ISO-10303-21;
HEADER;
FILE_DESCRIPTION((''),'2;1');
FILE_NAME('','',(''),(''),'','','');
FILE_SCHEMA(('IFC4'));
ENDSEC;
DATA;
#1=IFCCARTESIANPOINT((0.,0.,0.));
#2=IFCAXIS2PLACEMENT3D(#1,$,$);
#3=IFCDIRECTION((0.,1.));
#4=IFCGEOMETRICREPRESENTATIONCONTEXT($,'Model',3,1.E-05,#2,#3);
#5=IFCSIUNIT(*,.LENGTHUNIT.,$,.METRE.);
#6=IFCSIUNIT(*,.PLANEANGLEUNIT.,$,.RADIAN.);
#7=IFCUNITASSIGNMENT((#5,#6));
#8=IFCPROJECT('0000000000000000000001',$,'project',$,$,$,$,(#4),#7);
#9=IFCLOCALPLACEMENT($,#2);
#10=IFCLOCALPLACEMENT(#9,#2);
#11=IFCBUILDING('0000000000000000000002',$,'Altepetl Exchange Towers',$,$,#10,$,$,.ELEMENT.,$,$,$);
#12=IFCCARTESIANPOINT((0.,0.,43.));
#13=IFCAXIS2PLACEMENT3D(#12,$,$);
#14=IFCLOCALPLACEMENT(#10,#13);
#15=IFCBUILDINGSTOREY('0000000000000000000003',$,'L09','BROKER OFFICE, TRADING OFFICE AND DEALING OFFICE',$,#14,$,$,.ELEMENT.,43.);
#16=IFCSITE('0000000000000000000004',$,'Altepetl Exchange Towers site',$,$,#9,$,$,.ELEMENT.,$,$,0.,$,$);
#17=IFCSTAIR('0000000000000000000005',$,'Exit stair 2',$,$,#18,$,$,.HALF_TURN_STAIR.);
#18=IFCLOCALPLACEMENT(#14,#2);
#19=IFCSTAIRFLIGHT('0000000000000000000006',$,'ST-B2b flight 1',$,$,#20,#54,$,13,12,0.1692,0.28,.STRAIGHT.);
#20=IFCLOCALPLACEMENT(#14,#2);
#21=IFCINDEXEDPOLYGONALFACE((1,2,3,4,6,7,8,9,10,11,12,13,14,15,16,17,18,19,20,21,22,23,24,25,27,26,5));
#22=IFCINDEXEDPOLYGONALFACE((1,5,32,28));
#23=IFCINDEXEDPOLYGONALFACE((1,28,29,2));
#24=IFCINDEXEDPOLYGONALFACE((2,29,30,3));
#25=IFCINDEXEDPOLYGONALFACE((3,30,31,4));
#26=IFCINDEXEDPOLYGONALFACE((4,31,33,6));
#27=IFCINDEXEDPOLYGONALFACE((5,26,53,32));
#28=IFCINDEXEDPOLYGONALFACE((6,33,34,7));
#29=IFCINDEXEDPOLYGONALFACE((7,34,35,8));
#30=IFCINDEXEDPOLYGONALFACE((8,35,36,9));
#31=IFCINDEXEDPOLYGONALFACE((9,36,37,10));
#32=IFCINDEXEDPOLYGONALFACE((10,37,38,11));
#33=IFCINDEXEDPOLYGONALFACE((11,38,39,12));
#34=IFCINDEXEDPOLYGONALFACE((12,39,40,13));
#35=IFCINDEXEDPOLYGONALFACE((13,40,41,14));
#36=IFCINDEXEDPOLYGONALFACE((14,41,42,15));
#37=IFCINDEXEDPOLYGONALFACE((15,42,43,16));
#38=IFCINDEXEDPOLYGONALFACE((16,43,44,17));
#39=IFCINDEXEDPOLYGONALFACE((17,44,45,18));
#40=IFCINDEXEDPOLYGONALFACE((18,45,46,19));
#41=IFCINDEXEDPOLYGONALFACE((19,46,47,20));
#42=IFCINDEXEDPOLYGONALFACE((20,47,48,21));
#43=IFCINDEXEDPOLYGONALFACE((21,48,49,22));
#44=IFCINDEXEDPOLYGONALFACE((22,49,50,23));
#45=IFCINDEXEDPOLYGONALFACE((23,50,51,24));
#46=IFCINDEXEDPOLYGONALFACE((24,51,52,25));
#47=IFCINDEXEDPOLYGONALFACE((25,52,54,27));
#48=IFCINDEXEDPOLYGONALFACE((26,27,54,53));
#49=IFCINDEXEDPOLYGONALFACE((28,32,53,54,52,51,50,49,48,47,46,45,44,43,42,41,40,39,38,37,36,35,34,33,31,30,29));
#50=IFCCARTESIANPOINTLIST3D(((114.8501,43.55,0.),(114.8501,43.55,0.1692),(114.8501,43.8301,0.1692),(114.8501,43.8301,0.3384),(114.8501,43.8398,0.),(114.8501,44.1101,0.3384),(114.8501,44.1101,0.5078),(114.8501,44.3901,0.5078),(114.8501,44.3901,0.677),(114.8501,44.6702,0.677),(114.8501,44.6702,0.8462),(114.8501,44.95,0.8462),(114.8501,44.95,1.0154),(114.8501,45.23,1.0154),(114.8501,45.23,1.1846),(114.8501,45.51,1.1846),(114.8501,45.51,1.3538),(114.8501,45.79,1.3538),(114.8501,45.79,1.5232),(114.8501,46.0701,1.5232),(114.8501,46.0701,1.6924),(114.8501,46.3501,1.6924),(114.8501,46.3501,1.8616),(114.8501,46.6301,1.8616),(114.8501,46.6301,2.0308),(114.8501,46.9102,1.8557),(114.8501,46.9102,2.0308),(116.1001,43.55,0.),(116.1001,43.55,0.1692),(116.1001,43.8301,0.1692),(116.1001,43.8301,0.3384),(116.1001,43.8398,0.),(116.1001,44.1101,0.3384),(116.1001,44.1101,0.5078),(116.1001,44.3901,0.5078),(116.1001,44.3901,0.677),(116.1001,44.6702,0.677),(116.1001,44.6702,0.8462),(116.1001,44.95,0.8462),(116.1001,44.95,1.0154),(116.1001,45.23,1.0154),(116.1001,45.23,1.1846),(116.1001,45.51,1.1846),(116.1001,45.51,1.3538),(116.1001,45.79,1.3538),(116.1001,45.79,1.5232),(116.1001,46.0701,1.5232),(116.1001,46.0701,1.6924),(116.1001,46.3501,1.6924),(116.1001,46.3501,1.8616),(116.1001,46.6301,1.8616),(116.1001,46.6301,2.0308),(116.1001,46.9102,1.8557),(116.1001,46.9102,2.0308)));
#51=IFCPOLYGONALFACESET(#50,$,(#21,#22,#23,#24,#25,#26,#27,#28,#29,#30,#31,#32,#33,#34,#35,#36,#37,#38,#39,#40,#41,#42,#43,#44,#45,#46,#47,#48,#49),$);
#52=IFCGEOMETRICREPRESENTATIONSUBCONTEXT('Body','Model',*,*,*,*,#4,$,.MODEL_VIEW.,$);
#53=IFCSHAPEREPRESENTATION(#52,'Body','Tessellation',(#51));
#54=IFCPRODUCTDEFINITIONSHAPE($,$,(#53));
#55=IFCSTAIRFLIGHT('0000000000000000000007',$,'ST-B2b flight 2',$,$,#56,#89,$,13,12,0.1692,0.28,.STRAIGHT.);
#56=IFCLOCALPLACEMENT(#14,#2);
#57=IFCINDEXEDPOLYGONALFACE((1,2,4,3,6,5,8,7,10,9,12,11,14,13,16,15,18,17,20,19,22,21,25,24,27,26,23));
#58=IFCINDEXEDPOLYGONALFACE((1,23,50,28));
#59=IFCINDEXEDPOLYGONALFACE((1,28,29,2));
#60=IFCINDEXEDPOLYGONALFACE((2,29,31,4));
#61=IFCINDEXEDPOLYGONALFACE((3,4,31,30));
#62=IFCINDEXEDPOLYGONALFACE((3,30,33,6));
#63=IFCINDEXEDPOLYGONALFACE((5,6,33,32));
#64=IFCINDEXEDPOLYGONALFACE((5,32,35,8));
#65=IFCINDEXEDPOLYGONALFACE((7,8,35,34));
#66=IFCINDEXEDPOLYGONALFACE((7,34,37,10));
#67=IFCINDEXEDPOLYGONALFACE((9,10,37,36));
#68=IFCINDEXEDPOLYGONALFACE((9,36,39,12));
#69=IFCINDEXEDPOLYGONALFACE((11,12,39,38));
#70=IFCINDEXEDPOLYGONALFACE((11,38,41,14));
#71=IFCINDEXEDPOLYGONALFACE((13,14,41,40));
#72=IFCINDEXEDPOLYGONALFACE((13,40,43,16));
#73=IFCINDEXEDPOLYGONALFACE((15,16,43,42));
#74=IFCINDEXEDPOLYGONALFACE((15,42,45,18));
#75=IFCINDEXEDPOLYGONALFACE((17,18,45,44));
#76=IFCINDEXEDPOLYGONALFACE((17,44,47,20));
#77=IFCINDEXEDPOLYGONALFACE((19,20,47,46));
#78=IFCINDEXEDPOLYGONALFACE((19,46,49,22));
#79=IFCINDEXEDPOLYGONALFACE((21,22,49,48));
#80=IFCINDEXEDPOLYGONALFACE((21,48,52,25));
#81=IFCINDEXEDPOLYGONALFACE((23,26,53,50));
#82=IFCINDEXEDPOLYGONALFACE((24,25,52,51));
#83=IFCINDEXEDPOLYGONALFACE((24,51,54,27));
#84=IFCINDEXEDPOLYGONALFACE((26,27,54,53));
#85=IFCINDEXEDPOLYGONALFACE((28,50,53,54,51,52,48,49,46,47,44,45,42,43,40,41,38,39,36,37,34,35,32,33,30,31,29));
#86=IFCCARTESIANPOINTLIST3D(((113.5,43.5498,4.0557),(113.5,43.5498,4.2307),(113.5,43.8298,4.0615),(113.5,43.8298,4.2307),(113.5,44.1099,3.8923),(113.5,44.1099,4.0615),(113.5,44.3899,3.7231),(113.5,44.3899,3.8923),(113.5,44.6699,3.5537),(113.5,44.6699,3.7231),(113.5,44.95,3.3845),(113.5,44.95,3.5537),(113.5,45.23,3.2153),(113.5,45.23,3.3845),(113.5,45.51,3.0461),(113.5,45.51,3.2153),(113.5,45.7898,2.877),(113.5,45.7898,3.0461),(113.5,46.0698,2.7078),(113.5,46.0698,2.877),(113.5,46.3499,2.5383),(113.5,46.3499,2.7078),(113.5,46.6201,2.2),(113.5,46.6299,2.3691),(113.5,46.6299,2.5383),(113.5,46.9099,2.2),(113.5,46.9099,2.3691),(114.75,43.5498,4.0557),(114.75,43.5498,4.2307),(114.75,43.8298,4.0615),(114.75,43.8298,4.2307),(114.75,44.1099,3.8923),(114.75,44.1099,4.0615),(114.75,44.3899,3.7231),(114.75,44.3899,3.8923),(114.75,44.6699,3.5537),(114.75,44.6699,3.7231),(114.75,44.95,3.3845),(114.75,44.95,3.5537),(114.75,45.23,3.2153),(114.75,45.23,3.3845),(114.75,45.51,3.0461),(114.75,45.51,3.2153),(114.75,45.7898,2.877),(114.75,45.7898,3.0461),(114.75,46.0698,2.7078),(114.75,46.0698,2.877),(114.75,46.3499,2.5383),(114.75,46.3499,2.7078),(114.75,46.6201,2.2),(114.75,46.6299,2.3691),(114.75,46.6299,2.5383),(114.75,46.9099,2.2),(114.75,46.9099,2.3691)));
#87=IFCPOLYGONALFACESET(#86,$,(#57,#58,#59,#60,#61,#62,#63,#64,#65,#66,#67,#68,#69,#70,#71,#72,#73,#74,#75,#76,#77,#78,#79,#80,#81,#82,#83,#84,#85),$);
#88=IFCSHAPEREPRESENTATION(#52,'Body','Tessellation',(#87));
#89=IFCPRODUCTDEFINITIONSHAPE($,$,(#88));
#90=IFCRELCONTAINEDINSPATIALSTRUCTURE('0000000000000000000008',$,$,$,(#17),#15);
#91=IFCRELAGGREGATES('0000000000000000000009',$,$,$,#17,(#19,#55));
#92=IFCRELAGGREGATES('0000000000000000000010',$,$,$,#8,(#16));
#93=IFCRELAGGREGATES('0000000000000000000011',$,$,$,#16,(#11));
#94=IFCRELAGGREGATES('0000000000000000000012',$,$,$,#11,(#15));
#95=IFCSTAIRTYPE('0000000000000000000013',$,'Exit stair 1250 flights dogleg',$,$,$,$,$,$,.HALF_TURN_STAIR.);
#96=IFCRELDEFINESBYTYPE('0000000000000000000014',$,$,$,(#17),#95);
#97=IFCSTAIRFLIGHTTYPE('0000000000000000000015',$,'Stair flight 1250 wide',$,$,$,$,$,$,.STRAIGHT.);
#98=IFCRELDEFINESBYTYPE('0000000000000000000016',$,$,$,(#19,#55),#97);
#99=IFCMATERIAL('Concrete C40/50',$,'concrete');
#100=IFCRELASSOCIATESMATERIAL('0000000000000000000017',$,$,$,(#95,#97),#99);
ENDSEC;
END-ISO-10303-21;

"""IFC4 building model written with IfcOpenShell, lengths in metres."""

from ifc_helpers import new_model, si_unit, direction, frame, origin, place, context, subcontext, project, spatial, polyline, outline, extrude, material, type_object, element, aggregate, save


model = new_model("IFC4")

# Units and contexts
model_context = context("Model", 3, precision=1e-05, world=origin(), true_north=direction((0.0, 1.0)))
body_context = subcontext(model_context, "Body", "Model", "MODEL_VIEW")
ifc_project = project(units=[si_unit("LENGTHUNIT", "METRE"), si_unit("PLANEANGLEUNIT", "RADIAN")], contexts=[model_context])

# Site, building, storey
site_placement = place(None, origin())
site = spatial("IfcSite", under=ifc_project, at=site_placement, Name="Altepetl Exchange Towers site", CompositionType="ELEMENT", RefElevation=0.0)
building_placement = place(site_placement, origin())
building = spatial("IfcBuilding", under=site, at=building_placement, Name="Altepetl Exchange Towers", CompositionType="ELEMENT")
storey_placement = place(building_placement, frame((0.0, 0.0, 43.0)))
storey = spatial("IfcBuildingStorey", under=building, at=storey_placement, Name="L09", Description="BROKER OFFICE, TRADING OFFICE AND DEALING OFFICE", CompositionType="ELEMENT", Elevation=43.0)

# Shared definitions
ifc_material_1 = material(Name="Concrete C40/50", Category="concrete")

# Stair, stair flights
stair_type = type_object("IfcStairType", Name="Exit stair 1250 flights dogleg", PredefinedType="HALF_TURN_STAIR", material=ifc_material_1)
stair_placement = place(storey_placement, origin())
stair = element("IfcStair", 1, at=stair_placement, inside=storey, type_object=stair_type, Name="Exit stair 2", PredefinedType="HALF_TURN_STAIR")
stair_flight_type = type_object("IfcStairFlightType", Name="Stair flight 1250 wide", PredefinedType="STRAIGHT", material=ifc_material_1)
stair_flight_1_placement = place(storey_placement, frame((115.4751, 43.55, 0.0), z_axis=(0.0, 0.0, 1.0), x_axis=(0.0, 1.0, 0.0)))
stair_flight_1 = element("IfcStairFlight", 2, at=stair_flight_1_placement, type_object=stair_flight_type, Name="ST-B2b flight 1", NumberOfRisers=13, NumberOfTreads=12, PredefinedType="STRAIGHT", RiserHeight=0.1692, TreadLength=0.28, context=body_context, shape_type="SweptSolid", body=[
    extrude(outline(polyline([(0.0, 0.0), (0.0, 0.1692), (0.28, 0.1692), (0.28, 0.3384), (0.5601, 0.3384), (0.5601, 0.5078), (0.8401, 0.5078), (0.8401, 0.677), (1.1201, 0.677), (1.1201, 0.8462), (1.3999, 0.8462), (1.3999, 1.0154), (1.6799, 1.0154), (1.6799, 1.1846), (1.96, 1.1846), (1.96, 1.3538), (2.24, 1.3538), (2.24, 1.5232), (2.52, 1.5232), (2.52, 1.6924), (2.8, 1.6924), (2.8, 1.8616), (3.0801, 1.8616), (3.0801, 2.0308), (3.3601, 2.0308), (3.3601, 2.2), (3.3601, 1.8557), (0.2898, 0.0), (0.0, 0.0)])), frame((0.0, 0.625, 0.0), z_axis=(0.0, -1.0, 0.0), x_axis=(1.0, 0.0, 0.0)), (0.0, 0.0, 1.0), 1.25),
])
stair_flight_2_placement = place(storey_placement, frame((114.125, 46.9099, 2.2), z_axis=(0.0, 0.0, 1.0), x_axis=(0.0, -1.0, 0.0)))
stair_flight_2 = element("IfcStairFlight", 3, at=stair_flight_2_placement, type_object=stair_flight_type, Name="ST-B2b flight 2", NumberOfRisers=13, NumberOfTreads=12, PredefinedType="STRAIGHT", RiserHeight=0.1692, TreadLength=0.28, context=body_context, shape_type="SweptSolid", body=[
    extrude(outline(polyline([(0.0, 0.0), (0.0, 0.1692), (0.28, 0.1692), (0.28, 0.3384), (0.5601, 0.3384), (0.5601, 0.5078), (0.8401, 0.5078), (0.8401, 0.677), (1.1201, 0.677), (1.1201, 0.8462), (1.3999, 0.8462), (1.3999, 1.0154), (1.6799, 1.0154), (1.6799, 1.1846), (1.96, 1.1846), (1.96, 1.3538), (2.24, 1.3538), (2.24, 1.5232), (2.52, 1.5232), (2.52, 1.6924), (2.8, 1.6924), (2.8, 1.8616), (3.0801, 1.8616), (3.0801, 2.0308), (3.3601, 2.0308), (3.3601, 2.2), (3.3601, 1.8557), (0.2898, 0.0), (0.0, 0.0)])), frame((0.0, 0.625, 0.0), z_axis=(0.0, -1.0, 0.0), x_axis=(1.0, 0.0, 0.0)), (0.0, 0.0, 1.0), 1.25),
])
aggregate(stair, [stair_flight_1, stair_flight_2])

save(model, "model.ifc")
